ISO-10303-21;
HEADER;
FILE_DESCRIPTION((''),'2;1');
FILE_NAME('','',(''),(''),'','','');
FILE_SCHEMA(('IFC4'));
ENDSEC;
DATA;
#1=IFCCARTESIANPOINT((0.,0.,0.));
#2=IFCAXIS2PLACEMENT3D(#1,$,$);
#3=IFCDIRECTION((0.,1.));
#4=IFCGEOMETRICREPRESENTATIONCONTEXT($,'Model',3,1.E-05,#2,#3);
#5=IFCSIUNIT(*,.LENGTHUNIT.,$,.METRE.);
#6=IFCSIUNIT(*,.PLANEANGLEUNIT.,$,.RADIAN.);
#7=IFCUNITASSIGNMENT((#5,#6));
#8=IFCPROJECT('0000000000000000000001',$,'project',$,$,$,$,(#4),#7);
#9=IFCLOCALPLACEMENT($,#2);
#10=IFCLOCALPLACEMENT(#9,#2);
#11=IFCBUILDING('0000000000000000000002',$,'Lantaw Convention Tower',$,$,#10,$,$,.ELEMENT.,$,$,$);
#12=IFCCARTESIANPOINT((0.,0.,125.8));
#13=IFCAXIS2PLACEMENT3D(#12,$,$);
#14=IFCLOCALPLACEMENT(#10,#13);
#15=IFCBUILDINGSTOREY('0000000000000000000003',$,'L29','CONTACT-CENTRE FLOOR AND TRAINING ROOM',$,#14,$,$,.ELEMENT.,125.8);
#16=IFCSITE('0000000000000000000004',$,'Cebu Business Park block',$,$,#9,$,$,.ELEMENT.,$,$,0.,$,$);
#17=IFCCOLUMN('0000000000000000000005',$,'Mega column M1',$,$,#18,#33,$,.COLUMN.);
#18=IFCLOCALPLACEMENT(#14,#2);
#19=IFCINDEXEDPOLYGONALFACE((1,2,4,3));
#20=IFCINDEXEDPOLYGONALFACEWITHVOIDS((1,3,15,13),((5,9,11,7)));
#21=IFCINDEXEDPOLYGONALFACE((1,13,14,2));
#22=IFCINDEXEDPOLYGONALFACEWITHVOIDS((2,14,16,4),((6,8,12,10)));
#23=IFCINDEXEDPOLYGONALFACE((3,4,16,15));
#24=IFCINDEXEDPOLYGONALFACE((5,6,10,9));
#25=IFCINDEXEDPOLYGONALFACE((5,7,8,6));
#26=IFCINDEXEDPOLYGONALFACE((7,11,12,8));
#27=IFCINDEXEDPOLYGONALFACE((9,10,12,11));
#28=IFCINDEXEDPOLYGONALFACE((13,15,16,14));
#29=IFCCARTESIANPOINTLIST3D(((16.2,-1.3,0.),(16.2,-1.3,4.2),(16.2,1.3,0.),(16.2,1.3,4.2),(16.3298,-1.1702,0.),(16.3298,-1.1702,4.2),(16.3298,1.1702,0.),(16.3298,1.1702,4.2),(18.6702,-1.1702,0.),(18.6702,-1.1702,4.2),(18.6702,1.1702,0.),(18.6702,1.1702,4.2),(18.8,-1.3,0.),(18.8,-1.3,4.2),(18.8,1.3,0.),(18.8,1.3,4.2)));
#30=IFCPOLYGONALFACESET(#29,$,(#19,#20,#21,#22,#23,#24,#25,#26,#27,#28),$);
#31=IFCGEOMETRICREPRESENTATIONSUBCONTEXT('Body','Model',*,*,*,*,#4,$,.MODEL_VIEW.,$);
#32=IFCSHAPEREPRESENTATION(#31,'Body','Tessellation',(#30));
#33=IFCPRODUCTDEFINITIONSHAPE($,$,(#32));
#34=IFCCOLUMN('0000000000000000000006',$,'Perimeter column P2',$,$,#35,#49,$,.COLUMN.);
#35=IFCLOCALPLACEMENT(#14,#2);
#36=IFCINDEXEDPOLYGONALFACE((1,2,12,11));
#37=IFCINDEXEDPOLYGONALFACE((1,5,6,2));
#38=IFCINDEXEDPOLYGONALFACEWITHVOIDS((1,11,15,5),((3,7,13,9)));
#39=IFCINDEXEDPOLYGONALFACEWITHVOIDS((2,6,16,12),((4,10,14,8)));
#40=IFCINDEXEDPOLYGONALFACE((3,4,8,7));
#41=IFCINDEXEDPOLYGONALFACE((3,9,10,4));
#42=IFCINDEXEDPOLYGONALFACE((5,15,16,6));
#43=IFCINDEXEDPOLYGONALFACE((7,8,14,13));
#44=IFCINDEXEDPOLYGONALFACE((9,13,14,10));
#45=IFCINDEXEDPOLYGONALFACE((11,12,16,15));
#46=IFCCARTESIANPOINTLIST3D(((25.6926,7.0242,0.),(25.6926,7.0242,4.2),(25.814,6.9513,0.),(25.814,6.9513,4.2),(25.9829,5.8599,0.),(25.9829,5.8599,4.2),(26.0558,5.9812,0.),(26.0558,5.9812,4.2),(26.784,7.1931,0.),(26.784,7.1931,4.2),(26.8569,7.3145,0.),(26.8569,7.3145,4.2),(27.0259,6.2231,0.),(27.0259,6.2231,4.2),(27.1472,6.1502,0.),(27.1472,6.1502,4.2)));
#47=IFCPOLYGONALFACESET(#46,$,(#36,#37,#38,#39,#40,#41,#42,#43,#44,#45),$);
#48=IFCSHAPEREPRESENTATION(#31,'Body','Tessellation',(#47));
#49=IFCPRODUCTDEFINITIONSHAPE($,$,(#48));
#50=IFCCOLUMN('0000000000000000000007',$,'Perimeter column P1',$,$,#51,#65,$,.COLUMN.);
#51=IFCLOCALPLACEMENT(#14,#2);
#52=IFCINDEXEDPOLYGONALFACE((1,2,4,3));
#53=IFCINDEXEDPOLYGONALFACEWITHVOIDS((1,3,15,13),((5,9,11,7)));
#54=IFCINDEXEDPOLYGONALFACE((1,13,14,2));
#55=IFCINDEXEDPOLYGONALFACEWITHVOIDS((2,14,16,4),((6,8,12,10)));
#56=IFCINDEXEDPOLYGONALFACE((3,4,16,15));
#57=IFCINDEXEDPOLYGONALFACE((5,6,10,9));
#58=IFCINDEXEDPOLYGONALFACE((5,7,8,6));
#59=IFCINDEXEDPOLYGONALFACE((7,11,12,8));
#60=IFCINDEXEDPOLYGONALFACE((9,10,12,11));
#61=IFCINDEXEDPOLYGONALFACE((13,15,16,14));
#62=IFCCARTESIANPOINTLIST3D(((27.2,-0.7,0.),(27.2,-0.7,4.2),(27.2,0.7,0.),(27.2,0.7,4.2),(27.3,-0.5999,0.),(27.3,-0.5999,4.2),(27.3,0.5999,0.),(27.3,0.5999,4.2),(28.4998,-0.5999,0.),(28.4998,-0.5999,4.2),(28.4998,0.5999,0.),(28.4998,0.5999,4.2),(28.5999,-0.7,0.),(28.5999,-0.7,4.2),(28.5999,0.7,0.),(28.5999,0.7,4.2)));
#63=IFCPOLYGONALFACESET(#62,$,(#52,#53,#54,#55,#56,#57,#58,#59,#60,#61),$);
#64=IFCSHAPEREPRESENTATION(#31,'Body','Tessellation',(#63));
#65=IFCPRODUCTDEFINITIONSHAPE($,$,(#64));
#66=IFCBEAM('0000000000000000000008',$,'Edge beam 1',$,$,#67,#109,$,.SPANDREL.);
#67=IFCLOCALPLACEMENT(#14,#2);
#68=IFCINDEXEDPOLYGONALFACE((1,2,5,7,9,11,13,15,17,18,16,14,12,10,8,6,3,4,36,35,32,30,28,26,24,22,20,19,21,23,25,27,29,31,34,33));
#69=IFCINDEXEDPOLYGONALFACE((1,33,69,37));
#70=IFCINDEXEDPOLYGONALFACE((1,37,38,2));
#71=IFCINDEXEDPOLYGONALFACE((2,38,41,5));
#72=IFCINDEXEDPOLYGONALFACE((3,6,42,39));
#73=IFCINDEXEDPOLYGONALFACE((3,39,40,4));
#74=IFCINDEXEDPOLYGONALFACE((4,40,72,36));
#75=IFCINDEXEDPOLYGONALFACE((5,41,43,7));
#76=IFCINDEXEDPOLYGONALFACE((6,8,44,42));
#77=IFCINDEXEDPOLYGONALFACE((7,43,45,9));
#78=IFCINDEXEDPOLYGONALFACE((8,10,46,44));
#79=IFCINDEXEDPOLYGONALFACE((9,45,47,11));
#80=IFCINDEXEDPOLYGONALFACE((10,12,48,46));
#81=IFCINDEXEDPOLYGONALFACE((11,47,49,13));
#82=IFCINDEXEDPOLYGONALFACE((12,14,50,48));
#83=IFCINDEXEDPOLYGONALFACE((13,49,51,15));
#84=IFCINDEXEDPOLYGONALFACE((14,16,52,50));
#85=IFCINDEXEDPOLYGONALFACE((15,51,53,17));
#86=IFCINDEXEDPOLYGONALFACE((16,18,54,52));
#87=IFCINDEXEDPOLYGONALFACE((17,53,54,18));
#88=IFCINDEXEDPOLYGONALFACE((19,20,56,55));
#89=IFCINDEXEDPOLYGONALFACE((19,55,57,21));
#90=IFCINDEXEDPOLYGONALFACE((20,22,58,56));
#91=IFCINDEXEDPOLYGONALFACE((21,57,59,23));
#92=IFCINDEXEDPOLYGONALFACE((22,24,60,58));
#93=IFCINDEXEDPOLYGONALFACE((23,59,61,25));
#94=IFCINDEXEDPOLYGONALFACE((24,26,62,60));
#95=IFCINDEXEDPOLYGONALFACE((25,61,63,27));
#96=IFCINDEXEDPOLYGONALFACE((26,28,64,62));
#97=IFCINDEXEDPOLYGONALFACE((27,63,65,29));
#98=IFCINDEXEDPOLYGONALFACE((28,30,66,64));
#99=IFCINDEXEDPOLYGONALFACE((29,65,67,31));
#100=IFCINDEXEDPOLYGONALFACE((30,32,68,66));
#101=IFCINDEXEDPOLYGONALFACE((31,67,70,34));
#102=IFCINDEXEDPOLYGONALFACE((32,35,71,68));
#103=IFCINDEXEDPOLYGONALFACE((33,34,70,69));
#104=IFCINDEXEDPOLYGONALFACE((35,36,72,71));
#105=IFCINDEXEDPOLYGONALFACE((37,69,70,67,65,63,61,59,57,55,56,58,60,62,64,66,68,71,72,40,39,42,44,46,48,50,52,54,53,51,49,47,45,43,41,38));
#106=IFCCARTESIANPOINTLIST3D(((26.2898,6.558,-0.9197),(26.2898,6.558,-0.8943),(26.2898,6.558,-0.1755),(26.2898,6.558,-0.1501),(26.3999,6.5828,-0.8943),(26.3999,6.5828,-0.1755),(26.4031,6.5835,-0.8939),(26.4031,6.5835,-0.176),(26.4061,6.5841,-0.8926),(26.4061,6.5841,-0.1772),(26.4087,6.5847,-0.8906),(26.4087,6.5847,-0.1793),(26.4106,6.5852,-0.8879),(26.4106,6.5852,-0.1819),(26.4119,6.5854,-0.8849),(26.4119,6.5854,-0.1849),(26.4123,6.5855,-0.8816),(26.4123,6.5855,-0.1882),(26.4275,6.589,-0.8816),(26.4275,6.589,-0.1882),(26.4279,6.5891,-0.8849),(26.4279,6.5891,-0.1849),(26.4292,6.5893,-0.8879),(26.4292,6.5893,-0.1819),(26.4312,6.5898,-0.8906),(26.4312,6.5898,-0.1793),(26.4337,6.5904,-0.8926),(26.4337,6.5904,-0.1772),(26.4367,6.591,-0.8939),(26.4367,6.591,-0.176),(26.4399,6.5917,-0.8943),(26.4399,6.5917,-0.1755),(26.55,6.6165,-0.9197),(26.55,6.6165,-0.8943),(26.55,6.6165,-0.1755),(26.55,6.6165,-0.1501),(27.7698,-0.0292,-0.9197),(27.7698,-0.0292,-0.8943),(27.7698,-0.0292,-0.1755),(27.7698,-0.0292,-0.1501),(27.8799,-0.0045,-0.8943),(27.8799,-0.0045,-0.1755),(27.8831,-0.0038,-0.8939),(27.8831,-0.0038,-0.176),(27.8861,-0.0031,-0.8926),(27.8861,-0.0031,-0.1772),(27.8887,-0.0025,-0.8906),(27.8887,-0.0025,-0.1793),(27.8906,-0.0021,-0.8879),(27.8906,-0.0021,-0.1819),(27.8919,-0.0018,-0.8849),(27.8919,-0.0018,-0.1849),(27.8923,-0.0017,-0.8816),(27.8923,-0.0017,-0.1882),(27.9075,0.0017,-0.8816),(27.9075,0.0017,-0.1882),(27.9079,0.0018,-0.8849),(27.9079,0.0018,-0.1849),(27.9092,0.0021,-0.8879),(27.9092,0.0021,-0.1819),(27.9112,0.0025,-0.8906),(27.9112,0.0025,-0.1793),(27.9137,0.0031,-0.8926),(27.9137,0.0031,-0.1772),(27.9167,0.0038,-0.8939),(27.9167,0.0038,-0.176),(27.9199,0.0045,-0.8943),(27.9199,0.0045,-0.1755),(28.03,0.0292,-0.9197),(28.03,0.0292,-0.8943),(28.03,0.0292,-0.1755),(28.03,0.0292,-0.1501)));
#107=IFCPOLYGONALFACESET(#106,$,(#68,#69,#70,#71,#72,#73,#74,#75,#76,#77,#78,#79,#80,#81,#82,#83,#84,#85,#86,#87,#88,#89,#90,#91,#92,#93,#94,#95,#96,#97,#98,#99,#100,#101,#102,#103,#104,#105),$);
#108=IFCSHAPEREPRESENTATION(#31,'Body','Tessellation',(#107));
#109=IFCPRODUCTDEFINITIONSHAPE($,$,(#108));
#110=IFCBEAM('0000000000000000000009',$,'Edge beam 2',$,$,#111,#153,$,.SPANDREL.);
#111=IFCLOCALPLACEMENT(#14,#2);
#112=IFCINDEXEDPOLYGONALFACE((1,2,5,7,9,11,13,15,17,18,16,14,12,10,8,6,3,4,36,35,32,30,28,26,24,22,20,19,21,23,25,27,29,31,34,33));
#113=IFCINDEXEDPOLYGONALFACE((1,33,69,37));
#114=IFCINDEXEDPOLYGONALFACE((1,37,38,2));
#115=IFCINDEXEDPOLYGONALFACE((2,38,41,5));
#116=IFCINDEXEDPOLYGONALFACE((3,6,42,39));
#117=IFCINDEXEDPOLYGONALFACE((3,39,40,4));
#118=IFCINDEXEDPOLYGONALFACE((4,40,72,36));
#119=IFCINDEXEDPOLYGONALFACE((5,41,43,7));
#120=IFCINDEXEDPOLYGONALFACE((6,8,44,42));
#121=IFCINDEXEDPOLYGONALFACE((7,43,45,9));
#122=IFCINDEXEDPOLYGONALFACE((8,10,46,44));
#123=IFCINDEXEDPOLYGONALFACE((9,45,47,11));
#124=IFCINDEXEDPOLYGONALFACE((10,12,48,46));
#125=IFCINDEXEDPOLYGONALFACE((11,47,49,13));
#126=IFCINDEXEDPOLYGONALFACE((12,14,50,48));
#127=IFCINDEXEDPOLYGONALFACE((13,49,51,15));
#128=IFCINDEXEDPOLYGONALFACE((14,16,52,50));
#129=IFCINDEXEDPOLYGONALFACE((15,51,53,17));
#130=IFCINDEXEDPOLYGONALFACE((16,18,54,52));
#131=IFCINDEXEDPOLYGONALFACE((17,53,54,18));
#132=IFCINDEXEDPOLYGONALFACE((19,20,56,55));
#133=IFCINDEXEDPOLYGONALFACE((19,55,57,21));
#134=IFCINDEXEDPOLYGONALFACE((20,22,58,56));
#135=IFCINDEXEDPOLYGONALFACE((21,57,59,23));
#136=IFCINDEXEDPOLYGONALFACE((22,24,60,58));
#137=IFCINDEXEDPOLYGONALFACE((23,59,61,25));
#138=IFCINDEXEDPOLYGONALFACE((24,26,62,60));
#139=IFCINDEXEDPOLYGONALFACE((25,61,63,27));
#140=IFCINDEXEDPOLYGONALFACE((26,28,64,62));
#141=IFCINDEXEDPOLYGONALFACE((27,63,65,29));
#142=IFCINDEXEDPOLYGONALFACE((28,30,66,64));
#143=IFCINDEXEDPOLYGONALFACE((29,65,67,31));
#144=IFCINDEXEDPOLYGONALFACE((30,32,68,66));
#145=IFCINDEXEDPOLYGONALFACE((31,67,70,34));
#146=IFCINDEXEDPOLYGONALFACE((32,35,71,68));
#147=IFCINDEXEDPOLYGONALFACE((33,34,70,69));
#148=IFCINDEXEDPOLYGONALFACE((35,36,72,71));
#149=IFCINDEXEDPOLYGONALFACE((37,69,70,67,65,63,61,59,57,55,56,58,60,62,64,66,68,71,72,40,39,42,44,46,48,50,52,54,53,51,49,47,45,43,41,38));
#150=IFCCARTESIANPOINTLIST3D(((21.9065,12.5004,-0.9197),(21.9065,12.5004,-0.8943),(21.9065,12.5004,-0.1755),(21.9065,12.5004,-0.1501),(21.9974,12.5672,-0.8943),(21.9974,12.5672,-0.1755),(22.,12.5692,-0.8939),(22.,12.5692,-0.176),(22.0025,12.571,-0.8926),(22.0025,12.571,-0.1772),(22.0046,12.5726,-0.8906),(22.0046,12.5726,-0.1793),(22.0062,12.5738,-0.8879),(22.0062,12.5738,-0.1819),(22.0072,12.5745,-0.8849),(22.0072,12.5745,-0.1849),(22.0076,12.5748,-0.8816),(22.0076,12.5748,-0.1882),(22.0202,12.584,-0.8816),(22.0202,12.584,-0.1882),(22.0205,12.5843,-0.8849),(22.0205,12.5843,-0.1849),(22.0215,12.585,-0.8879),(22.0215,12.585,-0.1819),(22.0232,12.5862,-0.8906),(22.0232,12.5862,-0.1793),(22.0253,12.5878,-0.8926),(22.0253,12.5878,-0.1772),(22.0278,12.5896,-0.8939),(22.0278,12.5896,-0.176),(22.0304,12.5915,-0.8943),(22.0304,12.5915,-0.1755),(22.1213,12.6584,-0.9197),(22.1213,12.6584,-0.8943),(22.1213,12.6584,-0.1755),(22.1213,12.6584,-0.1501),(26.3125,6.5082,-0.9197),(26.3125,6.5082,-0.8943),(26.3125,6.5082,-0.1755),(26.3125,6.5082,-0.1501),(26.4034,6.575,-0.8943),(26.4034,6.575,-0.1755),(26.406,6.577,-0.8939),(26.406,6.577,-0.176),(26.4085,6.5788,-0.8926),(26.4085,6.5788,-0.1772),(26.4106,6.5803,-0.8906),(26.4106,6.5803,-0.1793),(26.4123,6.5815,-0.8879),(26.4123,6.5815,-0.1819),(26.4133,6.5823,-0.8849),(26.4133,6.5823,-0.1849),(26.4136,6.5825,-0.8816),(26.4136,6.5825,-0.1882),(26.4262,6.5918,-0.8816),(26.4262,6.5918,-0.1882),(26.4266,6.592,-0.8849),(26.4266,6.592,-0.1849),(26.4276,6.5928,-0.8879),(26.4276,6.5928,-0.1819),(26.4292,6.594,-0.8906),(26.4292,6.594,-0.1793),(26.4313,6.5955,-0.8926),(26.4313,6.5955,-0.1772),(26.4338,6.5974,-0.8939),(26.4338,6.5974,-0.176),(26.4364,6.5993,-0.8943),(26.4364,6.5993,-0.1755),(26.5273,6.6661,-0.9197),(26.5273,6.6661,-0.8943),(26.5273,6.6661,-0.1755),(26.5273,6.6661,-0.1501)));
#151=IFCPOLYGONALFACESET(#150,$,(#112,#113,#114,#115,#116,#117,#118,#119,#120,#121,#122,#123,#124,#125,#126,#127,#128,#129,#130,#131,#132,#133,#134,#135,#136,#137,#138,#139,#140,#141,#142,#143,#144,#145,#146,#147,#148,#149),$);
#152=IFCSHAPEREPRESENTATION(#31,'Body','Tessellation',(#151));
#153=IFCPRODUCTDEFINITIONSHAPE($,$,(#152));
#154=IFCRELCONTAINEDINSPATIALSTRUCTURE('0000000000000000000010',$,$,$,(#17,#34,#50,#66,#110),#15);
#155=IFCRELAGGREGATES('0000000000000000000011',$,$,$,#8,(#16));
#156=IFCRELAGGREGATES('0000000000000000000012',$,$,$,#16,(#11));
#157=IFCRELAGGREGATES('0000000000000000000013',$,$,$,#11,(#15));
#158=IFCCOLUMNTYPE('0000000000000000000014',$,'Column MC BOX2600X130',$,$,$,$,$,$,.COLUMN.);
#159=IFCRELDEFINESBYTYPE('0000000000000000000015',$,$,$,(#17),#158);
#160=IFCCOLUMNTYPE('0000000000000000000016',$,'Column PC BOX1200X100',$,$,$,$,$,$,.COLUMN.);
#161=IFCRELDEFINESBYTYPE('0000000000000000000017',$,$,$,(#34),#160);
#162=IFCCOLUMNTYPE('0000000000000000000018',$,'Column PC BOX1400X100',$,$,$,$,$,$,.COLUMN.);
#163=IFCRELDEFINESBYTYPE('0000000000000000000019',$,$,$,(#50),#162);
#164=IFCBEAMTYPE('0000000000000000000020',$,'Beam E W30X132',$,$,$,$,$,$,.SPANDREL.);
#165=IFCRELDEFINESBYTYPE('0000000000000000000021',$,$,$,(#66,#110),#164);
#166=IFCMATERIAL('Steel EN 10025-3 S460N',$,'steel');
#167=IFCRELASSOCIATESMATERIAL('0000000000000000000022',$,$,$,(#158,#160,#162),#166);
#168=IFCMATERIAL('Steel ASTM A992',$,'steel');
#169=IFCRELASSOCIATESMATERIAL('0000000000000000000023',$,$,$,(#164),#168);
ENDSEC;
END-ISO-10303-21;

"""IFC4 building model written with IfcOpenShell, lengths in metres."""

from ifc_helpers import new_model, si_unit, direction, frame, origin, origin_2d, place, context, subcontext, project, spatial, rectangle, hollow_rectangle, i_section, extrude, material, material_profile, profile_set, type_object, element, save


model = new_model("IFC4")

# Units and contexts
model_context = context("Model", 3, precision=1e-05, world=origin(), true_north=direction((0.0, 1.0)))
body_context = subcontext(model_context, "Body", "Model", "MODEL_VIEW")
ifc_project = project(units=[si_unit("LENGTHUNIT", "METRE"), si_unit("PLANEANGLEUNIT", "RADIAN")], contexts=[model_context])

# Site, building, storey
site_placement = place(None, origin())
site = spatial("IfcSite", under=ifc_project, at=site_placement, Name="Cebu Business Park block", CompositionType="ELEMENT", RefElevation=0.0)
building_placement = place(site_placement, origin())
building = spatial("IfcBuilding", under=site, at=building_placement, Name="Lantaw Convention Tower", CompositionType="ELEMENT")
storey_placement = place(building_placement, frame((0.0, 0.0, 125.8)))
storey = spatial("IfcBuildingStorey", under=building, at=storey_placement, Name="L29", Description="CONTACT-CENTRE FLOOR AND TRAINING ROOM", CompositionType="ELEMENT", Elevation=125.8)

# Columns
ifc_material_1 = material(Name="Steel EN 10025-3 S460N", Category="steel")
ifc_material_profile_1 = material_profile(ifc_material_1, hollow_rectangle(XDim=2.6001, YDim=2.6001, WallThickness=0.1299, at=origin_2d()), Name="BOX2600X130")
ifc_material_2 = material(Name="Concrete C60/75", Category="concrete")
ifc_material_profile_2 = material_profile(ifc_material_2, rectangle(XDim=2.3401, YDim=2.3401, at=origin_2d()), Name="Concrete fill of BOX2600X130")
ifc_profile_set_1 = profile_set([ifc_material_profile_1, ifc_material_profile_2], Name="Steel EN 10025-3 S460N")
column_type_1 = type_object("IfcColumnType", Name="Column MC BOX2600X130", PredefinedType="COLUMN", material=ifc_profile_set_1)
column_1_placement = place(storey_placement, frame((17.5, 0.0, 0.0), z_axis=(0.0, 0.0, 1.0), x_axis=(1.0, 0.0, 0.0)))
element("IfcColumn", 1, at=column_1_placement, inside=storey, type_object=column_type_1, Name="Mega column M1", PredefinedType="COLUMN", context=body_context, shape_type="SweptSolid", body=[
    extrude(hollow_rectangle(XDim=2.6001, YDim=2.6001, WallThickness=0.1299, at=origin_2d()), origin(), (0.0, 0.0, 1.0), 4.2),
])
ifc_material_profile_3 = material_profile(ifc_material_1, hollow_rectangle(XDim=1.2, YDim=1.2, WallThickness=0.1001, at=origin_2d()), Name="BOX1200X100")
ifc_material_profile_4 = material_profile(ifc_material_2, rectangle(XDim=1.0, YDim=1.0, at=origin_2d()), Name="Concrete fill of BOX1200X100")
ifc_profile_set_2 = profile_set([ifc_material_profile_3, ifc_material_profile_4], Name="Steel EN 10025-3 S460N")
column_type_2 = type_object("IfcColumnType", Name="Column PC BOX1200X100", PredefinedType="COLUMN", material=ifc_profile_set_2)
column_2_placement = place(storey_placement, frame((26.4199, 6.5872, 0.0), z_axis=(0.0, 0.0, 1.0), x_axis=(0.970296, 0.241922, 0.0)))
element("IfcColumn", 2, at=column_2_placement, inside=storey, type_object=column_type_2, Name="Perimeter column P2", PredefinedType="COLUMN", context=body_context, shape_type="SweptSolid", body=[
    extrude(hollow_rectangle(XDim=1.2, YDim=1.2, WallThickness=0.1001, at=origin_2d()), origin(), (0.0, 0.0, 1.0), 4.2),
])
ifc_material_profile_5 = material_profile(ifc_material_1, hollow_rectangle(XDim=1.3999, YDim=1.3999, WallThickness=0.1001, at=origin_2d()), Name="BOX1400X100")
ifc_material_profile_6 = material_profile(ifc_material_2, rectangle(XDim=1.2, YDim=1.2, at=origin_2d()), Name="Concrete fill of BOX1400X100")
ifc_profile_set_3 = profile_set([ifc_material_profile_5, ifc_material_profile_6], Name="Steel EN 10025-3 S460N")
column_type_3 = type_object("IfcColumnType", Name="Column PC BOX1400X100", PredefinedType="COLUMN", material=ifc_profile_set_3)
column_3_placement = place(storey_placement, frame((27.8999, 0.0, 0.0), z_axis=(0.0, 0.0, 1.0), x_axis=(1.0, 0.0, 0.0)))
element("IfcColumn", 3, at=column_3_placement, inside=storey, type_object=column_type_3, Name="Perimeter column P1", PredefinedType="COLUMN", context=body_context, shape_type="SweptSolid", body=[
    extrude(hollow_rectangle(XDim=1.3999, YDim=1.3999, WallThickness=0.1001, at=origin_2d()), origin(), (0.0, 0.0, 1.0), 4.2),
])

# Beams
ifc_material_3 = material(Name="Steel ASTM A992", Category="steel")
ifc_material_profile_7 = material_profile(ifc_material_3, i_section(OverallWidth=0.2666, OverallDepth=0.7695, WebThickness=0.0156, FlangeThickness=0.0254, FilletRadius=0.0127, at=origin_2d()), Name="W30X132")
ifc_profile_set_4 = profile_set([ifc_material_profile_7], Name="Steel ASTM A992")
beam_type_1 = type_object("IfcBeamType", Name="Beam E W30X132", PredefinedType="SPANDREL", material=ifc_profile_set_4)
beam_1_placement = place(storey_placement, frame((27.8999, 0.0, -0.5349), z_axis=(-0.219212, 0.975677, 0.0), x_axis=(-0.975677, -0.219212, 0.0)))
element("IfcBeam", 4, at=beam_1_placement, inside=storey, type_object=beam_type_1, Name="Edge beam 1", PredefinedType="SPANDREL", context=body_context, shape_type="SweptSolid", body=[
    extrude(i_section(OverallWidth=0.2666, OverallDepth=0.7695, WebThickness=0.0156, FlangeThickness=0.0254, FilletRadius=0.0127, at=origin_2d()), origin(), (0.0, 0.0, 1.0), 6.7515),
])
beam_2_placement = place(storey_placement, frame((26.4199, 6.5872, -0.5349), z_axis=(-0.592389, 0.805652, 0.0), x_axis=(-0.805652, -0.592389, 0.0)))
element("IfcBeam", 5, at=beam_2_placement, inside=storey, type_object=beam_type_1, Name="Edge beam 2", PredefinedType="SPANDREL", context=body_context, shape_type="SweptSolid", body=[
    extrude(i_section(OverallWidth=0.2666, OverallDepth=0.7695, WebThickness=0.0156, FlangeThickness=0.0254, FilletRadius=0.0127, at=origin_2d()), origin(), (0.0, 0.0, 1.0), 7.4377),
])

save(model, "model.ifc")
